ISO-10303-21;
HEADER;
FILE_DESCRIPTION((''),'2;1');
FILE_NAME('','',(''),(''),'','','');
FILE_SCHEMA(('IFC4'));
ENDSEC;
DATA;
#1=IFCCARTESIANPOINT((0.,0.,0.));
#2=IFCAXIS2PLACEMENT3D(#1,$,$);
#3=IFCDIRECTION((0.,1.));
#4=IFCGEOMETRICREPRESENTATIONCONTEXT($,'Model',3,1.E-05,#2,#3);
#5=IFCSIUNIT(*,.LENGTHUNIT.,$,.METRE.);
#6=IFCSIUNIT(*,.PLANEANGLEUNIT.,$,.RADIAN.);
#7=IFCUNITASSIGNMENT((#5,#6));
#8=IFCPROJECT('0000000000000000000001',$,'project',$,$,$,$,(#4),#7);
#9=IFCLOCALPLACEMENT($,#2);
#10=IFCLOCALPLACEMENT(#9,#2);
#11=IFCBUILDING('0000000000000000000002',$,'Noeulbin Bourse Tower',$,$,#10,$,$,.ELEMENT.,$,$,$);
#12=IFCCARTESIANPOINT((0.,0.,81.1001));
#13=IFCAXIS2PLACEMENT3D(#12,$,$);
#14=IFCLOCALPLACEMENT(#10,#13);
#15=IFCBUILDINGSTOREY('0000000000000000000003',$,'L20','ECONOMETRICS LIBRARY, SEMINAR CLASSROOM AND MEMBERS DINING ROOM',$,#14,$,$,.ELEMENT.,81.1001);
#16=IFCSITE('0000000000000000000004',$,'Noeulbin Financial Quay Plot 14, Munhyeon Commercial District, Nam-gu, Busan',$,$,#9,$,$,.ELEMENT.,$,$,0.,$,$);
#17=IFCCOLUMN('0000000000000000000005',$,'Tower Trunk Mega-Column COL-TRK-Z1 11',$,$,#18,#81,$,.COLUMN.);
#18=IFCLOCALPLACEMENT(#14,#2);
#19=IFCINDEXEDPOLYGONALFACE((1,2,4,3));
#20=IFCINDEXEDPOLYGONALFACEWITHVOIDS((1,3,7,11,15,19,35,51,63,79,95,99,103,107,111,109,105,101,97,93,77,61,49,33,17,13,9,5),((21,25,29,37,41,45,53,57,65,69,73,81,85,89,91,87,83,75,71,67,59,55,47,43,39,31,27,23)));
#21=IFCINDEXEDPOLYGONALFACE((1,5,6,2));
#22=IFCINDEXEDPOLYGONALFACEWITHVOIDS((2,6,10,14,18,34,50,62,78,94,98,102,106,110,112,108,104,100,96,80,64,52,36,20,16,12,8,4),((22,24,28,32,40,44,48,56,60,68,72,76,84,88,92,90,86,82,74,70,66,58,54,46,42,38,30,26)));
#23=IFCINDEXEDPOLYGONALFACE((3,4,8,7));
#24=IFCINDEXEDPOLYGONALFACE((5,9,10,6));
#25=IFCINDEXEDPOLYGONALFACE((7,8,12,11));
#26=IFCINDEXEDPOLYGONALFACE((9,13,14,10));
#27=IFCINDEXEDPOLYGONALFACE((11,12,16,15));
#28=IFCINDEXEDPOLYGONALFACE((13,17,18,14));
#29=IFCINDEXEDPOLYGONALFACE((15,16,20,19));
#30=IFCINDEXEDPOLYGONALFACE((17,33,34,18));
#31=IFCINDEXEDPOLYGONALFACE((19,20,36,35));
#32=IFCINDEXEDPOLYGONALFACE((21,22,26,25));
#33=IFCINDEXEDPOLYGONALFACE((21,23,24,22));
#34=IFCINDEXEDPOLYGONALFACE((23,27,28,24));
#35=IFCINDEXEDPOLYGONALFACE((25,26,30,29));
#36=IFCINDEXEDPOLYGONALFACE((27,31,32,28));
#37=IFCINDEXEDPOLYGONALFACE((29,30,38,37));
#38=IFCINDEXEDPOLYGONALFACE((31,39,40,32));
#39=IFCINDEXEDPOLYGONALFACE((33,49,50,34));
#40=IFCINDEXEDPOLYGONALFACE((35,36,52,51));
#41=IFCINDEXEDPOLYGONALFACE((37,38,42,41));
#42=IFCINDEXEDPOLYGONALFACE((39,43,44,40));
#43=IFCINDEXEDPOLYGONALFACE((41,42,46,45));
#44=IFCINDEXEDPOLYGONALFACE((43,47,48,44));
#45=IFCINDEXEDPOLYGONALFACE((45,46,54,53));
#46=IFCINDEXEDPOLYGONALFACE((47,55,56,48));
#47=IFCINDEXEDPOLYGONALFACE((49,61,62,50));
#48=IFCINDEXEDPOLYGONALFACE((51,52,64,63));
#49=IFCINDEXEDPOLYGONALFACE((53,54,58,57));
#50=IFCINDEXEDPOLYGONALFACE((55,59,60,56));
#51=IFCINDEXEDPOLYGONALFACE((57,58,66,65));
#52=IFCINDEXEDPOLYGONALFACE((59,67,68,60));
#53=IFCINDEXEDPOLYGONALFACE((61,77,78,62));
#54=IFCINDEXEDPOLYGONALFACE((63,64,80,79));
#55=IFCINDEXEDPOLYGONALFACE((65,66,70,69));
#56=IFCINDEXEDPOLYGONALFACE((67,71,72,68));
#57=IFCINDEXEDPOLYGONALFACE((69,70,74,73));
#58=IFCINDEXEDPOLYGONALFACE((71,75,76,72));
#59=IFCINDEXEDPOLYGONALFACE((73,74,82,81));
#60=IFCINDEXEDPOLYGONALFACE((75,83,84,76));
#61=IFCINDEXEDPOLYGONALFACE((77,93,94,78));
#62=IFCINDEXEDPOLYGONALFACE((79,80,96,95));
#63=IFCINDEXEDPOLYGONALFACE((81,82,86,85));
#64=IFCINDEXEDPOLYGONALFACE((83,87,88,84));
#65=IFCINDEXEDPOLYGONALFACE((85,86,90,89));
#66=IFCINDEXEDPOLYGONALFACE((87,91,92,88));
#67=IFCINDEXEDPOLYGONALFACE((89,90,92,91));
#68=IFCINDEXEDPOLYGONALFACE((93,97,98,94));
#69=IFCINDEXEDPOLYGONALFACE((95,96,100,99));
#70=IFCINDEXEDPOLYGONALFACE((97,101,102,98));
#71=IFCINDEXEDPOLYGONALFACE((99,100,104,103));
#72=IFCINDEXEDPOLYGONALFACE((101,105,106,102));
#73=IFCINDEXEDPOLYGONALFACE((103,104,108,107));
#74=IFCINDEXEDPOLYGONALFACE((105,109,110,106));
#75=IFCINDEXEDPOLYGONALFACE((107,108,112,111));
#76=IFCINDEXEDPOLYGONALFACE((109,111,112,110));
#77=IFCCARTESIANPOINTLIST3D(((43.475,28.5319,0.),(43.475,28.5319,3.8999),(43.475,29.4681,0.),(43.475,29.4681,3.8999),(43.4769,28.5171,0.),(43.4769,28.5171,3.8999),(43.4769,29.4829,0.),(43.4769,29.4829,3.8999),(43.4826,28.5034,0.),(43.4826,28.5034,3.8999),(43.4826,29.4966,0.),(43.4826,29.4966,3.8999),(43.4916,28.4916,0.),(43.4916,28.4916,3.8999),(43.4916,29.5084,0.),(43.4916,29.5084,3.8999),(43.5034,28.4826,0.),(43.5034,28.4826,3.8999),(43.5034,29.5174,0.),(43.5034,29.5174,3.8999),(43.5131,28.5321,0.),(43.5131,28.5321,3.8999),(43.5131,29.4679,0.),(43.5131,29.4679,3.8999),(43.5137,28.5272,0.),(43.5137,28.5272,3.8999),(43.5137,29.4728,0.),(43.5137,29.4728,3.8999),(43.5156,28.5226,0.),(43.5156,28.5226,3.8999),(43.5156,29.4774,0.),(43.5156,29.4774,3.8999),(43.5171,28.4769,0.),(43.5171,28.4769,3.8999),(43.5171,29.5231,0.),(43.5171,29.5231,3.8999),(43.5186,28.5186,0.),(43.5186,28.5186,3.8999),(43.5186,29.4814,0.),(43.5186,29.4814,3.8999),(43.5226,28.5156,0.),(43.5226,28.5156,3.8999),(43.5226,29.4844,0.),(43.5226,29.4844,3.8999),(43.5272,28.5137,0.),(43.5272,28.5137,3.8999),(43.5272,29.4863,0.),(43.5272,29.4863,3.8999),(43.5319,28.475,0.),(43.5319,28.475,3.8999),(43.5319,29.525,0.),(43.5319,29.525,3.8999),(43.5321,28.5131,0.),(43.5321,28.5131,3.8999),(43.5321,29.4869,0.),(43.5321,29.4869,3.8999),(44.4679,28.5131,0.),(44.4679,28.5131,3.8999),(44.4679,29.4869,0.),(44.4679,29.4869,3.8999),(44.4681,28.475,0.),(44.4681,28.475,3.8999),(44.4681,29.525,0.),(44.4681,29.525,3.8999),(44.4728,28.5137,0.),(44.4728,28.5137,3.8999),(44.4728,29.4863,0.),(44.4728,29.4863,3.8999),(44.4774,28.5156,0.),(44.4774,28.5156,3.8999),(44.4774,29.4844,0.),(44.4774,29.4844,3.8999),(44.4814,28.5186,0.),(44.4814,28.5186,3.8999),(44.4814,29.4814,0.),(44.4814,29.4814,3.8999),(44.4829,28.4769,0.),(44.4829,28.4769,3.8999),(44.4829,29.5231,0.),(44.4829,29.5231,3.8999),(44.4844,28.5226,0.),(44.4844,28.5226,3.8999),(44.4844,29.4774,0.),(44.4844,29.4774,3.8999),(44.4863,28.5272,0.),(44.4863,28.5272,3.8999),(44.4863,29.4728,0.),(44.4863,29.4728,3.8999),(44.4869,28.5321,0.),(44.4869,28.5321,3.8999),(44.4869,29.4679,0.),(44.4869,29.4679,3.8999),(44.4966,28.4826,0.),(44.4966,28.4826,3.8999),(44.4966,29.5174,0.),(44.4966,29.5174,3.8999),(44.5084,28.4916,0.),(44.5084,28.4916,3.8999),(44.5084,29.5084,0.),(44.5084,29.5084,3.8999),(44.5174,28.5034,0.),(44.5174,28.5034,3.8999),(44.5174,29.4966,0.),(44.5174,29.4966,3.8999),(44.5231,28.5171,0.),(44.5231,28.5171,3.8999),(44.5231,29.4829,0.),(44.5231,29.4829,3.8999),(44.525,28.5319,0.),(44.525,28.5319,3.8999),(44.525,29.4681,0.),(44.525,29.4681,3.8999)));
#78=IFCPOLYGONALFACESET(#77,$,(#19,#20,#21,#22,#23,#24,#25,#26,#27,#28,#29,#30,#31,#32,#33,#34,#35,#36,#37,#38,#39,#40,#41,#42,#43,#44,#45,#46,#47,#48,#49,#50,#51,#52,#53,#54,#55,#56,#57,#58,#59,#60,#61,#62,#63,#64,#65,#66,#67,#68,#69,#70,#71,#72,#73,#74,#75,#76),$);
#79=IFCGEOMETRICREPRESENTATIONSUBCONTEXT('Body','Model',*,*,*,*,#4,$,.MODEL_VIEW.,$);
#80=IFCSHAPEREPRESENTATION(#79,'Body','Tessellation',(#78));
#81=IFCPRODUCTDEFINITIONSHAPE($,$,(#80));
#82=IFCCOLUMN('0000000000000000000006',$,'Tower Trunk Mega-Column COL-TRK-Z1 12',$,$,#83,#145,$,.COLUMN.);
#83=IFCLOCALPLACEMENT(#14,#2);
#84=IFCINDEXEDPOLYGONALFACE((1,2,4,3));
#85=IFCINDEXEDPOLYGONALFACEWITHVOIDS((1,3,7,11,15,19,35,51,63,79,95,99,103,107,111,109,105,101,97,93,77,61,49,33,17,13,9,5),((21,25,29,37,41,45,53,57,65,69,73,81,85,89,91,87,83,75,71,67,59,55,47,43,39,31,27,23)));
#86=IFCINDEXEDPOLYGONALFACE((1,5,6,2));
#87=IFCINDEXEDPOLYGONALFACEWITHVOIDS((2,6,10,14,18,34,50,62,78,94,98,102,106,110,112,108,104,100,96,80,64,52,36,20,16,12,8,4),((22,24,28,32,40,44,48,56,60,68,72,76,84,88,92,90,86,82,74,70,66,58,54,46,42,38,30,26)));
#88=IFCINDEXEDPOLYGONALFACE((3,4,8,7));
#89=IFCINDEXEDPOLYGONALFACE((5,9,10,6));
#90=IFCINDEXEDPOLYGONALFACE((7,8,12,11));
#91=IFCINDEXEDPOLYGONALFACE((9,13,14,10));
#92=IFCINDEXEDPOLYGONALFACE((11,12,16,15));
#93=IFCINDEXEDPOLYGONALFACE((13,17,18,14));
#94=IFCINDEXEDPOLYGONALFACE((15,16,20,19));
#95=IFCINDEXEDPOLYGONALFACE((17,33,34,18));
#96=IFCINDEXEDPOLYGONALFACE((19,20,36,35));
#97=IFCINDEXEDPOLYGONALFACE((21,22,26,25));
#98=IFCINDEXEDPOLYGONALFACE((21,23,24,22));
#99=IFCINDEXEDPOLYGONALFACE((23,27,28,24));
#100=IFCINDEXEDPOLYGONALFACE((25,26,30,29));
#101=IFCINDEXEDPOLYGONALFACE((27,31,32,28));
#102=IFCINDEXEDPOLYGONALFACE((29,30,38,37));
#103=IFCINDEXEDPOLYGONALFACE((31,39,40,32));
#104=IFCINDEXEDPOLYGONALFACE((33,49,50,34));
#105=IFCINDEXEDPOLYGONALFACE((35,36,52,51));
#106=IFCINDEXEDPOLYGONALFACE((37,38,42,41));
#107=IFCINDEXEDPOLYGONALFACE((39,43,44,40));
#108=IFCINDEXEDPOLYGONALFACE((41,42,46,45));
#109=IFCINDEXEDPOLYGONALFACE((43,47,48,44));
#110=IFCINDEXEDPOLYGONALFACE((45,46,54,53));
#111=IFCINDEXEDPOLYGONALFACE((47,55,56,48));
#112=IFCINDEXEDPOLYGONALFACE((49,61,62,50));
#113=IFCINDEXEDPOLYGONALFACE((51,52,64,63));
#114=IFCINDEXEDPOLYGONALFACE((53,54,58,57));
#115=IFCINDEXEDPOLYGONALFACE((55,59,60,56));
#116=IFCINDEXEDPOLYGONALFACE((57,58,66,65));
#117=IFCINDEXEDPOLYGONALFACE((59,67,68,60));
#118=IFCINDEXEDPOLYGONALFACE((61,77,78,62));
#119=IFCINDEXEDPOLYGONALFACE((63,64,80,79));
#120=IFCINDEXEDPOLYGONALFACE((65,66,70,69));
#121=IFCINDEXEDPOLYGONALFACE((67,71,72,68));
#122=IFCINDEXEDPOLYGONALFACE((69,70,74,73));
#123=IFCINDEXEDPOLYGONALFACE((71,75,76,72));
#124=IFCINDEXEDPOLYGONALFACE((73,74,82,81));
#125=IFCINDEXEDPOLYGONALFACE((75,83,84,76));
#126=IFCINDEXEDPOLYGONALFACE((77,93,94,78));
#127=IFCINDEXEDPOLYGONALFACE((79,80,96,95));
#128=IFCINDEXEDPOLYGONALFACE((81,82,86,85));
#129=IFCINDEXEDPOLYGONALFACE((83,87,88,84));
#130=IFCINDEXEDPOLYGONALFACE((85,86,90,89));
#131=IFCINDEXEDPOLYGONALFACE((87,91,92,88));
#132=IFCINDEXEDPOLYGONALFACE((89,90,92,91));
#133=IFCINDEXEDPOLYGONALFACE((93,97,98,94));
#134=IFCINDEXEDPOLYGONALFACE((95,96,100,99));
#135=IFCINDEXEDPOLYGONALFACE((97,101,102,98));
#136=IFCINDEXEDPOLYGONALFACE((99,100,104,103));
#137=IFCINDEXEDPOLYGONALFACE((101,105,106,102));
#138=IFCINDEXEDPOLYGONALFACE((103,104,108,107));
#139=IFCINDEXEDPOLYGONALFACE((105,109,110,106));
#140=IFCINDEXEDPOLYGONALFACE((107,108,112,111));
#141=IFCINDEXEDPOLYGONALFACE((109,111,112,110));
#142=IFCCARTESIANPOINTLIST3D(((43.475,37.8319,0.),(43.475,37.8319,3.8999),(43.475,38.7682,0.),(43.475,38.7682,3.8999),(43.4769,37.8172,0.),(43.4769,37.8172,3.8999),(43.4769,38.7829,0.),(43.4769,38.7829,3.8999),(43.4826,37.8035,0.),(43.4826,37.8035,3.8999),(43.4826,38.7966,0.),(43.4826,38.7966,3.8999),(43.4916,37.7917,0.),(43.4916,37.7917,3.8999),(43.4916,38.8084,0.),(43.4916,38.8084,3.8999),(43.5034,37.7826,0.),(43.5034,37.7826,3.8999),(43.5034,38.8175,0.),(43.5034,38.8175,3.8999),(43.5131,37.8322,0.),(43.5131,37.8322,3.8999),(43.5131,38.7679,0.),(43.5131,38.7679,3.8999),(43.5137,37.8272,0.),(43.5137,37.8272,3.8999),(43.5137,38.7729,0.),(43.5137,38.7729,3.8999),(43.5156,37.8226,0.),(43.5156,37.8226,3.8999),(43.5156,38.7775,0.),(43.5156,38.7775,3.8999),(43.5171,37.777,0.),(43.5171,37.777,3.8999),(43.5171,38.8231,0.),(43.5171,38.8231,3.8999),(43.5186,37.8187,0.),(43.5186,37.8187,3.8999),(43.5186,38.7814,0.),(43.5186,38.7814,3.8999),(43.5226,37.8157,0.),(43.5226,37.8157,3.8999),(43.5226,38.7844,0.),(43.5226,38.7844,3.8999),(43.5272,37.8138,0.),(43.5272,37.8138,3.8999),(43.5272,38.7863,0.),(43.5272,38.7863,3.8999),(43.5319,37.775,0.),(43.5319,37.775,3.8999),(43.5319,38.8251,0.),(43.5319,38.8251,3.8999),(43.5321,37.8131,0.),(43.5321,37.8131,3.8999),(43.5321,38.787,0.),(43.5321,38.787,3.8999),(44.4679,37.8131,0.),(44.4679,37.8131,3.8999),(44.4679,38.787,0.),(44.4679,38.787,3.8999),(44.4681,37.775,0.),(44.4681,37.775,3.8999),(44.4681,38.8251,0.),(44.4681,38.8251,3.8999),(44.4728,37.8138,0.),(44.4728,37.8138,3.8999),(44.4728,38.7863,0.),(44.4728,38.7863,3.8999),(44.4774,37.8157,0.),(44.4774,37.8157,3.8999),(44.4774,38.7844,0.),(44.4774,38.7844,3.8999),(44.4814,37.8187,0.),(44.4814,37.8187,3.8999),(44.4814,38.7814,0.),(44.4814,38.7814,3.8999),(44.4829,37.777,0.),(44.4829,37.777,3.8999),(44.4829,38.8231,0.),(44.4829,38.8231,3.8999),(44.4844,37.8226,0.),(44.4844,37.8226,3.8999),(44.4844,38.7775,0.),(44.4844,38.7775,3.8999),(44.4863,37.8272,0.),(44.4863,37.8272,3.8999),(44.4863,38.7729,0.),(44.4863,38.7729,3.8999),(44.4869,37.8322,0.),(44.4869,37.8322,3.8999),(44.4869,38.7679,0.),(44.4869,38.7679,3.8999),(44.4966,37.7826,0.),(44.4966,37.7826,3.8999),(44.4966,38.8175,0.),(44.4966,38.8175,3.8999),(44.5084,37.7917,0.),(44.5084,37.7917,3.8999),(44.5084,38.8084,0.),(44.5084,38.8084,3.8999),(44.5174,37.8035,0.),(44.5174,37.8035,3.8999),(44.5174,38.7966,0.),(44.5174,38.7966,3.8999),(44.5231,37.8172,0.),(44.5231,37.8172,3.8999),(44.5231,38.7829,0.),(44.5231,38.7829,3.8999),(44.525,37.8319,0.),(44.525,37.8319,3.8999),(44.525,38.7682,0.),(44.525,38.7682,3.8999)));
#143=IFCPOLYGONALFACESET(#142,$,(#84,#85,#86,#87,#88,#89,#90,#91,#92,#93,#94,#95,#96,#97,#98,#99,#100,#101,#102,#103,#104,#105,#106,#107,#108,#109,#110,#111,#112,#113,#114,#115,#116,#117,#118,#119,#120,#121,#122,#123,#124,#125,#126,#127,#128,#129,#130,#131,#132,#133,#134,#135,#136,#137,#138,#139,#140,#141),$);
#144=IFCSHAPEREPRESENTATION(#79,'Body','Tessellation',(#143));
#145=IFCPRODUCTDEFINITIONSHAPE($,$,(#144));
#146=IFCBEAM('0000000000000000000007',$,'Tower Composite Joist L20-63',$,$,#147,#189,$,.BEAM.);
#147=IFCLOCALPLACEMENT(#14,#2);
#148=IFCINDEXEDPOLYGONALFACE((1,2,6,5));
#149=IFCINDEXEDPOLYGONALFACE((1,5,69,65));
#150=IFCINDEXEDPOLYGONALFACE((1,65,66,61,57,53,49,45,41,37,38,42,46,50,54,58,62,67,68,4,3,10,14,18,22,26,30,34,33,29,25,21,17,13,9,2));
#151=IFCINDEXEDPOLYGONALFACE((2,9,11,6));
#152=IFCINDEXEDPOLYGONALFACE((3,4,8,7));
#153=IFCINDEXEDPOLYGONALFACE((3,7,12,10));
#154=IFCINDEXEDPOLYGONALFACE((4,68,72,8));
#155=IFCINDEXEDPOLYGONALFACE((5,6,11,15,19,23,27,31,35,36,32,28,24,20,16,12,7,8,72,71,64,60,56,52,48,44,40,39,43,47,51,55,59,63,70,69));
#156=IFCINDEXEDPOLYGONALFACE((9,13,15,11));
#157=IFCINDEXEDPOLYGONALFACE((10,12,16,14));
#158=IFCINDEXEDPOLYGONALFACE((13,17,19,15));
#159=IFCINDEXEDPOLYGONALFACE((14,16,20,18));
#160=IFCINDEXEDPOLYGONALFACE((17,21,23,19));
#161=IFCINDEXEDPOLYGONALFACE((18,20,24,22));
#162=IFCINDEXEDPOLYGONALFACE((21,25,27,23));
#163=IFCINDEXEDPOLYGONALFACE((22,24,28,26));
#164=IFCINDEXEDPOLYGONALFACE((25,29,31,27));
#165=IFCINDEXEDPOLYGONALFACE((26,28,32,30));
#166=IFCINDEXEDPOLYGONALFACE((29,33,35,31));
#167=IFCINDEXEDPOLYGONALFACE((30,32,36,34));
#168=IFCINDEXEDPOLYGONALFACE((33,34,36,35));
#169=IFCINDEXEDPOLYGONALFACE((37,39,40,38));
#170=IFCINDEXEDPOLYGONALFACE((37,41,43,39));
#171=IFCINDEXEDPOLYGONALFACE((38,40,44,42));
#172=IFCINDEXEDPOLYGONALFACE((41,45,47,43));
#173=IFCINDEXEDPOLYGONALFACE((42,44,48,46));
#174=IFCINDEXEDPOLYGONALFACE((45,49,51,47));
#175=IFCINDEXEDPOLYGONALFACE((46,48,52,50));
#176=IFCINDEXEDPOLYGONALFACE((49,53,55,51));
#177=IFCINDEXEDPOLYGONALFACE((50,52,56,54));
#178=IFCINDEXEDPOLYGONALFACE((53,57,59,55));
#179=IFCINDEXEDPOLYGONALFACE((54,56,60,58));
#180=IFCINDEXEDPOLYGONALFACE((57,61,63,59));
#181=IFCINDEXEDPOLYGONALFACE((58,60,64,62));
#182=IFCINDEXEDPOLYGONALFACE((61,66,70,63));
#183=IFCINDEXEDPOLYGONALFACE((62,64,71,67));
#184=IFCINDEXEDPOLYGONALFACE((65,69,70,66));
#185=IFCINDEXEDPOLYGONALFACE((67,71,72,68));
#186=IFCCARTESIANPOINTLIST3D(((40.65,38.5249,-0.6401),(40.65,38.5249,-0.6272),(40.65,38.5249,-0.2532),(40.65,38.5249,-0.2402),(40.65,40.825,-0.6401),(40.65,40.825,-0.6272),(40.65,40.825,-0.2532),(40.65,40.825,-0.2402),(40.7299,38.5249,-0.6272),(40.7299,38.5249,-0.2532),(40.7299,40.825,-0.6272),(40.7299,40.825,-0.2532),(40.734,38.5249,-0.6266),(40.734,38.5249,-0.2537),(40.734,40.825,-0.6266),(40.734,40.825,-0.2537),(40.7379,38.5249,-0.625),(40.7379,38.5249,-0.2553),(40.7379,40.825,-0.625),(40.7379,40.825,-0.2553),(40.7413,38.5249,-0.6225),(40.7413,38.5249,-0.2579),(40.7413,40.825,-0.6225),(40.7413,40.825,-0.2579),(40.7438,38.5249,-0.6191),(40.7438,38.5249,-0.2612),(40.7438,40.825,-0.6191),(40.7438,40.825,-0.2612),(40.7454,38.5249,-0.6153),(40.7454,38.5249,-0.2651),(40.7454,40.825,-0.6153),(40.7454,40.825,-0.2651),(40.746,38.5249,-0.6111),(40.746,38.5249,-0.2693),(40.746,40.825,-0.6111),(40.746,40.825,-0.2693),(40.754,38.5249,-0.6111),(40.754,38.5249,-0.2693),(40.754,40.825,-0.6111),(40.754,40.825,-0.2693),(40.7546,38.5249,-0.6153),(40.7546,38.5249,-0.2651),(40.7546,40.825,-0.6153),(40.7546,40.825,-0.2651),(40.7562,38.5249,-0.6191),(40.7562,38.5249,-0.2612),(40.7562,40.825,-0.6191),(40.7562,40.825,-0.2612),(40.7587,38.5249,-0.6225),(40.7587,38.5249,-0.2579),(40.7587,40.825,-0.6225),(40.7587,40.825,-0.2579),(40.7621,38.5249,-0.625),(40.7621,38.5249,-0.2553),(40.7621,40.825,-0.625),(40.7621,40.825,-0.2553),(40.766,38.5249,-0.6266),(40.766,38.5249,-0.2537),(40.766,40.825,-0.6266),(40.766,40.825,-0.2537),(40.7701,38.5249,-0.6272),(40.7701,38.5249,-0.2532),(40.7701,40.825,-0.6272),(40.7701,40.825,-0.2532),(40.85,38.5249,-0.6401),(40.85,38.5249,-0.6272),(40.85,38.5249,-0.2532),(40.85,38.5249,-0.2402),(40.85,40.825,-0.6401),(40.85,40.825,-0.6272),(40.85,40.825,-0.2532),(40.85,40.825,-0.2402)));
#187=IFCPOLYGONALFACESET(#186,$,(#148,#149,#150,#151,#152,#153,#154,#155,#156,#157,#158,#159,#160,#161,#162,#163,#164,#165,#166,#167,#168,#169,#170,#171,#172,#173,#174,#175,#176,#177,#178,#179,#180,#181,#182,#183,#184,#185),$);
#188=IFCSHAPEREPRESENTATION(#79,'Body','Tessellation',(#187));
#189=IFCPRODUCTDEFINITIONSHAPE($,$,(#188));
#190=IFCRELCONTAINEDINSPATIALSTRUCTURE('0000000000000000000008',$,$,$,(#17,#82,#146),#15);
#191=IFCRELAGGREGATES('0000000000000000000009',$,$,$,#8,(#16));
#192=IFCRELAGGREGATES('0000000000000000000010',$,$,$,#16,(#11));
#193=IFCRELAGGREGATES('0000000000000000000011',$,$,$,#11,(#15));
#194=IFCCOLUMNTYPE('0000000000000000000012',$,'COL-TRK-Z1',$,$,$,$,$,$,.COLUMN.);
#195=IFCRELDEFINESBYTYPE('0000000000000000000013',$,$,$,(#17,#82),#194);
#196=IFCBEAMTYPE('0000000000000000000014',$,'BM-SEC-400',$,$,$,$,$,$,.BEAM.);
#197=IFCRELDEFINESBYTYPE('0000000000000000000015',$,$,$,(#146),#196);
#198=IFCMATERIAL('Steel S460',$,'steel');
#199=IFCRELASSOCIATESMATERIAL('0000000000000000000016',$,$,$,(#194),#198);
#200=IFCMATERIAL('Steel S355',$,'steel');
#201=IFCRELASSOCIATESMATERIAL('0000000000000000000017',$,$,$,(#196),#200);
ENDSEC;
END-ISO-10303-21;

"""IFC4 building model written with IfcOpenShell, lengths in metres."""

from ifc_helpers import new_model, si_unit, direction, frame, origin, origin_2d, place, context, subcontext, project, spatial, hollow_rectangle, i_section, extrude, material, material_profile, profile_set, type_object, element, save


model = new_model("IFC4")

# Units and contexts
model_context = context("Model", 3, precision=1e-05, world=origin(), true_north=direction((0.0, 1.0)))
body_context = subcontext(model_context, "Body", "Model", "MODEL_VIEW")
ifc_project = project(units=[si_unit("LENGTHUNIT", "METRE"), si_unit("PLANEANGLEUNIT", "RADIAN")], contexts=[model_context])

# Site, building, storey
site_placement = place(None, origin())
site = spatial("IfcSite", under=ifc_project, at=site_placement, Name="Noeulbin Financial Quay Plot 14, Munhyeon Commercial District, Nam-gu, Busan", CompositionType="ELEMENT", RefElevation=0.0)
building_placement = place(site_placement, origin())
building = spatial("IfcBuilding", under=site, at=building_placement, Name="Noeulbin Bourse Tower", CompositionType="ELEMENT")
storey_placement = place(building_placement, frame((0.0, 0.0, 81.1001)))
storey = spatial("IfcBuildingStorey", under=building, at=storey_placement, Name="L20", Description="ECONOMETRICS LIBRARY, SEMINAR CLASSROOM AND MEMBERS DINING ROOM", CompositionType="ELEMENT", Elevation=81.1001)

# Columns
ifc_material_1 = material(Name="Steel S460", Category="steel")
ifc_material_profile_1 = material_profile(ifc_material_1, hollow_rectangle(XDim=1.05, YDim=1.05, WallThickness=0.0381, InnerFilletRadius=0.019, OuterFilletRadius=0.0569, at=origin_2d()), Name="BOX-1050x1050x38", Category="LoadBearing")
ifc_profile_set_1 = profile_set([ifc_material_profile_1], Name="Steel S460")
column_type = type_object("IfcColumnType", Name="COL-TRK-Z1", PredefinedType="COLUMN", material=ifc_profile_set_1)
for number, where, z_axis, x_axis, name in (
    (1, (44.0, 29.0, 0.0), (0.0, 0.0, 1.0), (1.0, 0.0, 0.0), "Tower Trunk Mega-Column COL-TRK-Z1 11"),
    (2, (44.0, 38.3, 0.0), (0.0, 0.0, 1.0), (1.0, 0.0, 0.0), "Tower Trunk Mega-Column COL-TRK-Z1 12"),
):
    element("IfcColumn", number, at=place(storey_placement, frame(where, z_axis=z_axis, x_axis=x_axis)), inside=storey, type_object=column_type, Name=name, PredefinedType="COLUMN", context=body_context, shape_type="SweptSolid", body=[
        extrude(hollow_rectangle(XDim=1.05, YDim=1.05, WallThickness=0.0381, InnerFilletRadius=0.019, OuterFilletRadius=0.0569, at=origin_2d()), origin(), (0.0, 0.0, 1.0), 3.8999),
    ])

# Beam
ifc_material_2 = material(Name="Steel S355", Category="steel")
ifc_material_profile_2 = material_profile(ifc_material_2, i_section(OverallWidth=0.2, OverallDepth=0.3999, WebThickness=0.0081, FlangeThickness=0.0129, FilletRadius=0.0161, at=origin_2d()), Name="H-400x200x8x13", Category="LoadBearing")
ifc_profile_set_2 = profile_set([ifc_material_profile_2], Name="Steel S355")
beam_type_1 = type_object("IfcBeamType", Name="BM-SEC-400", PredefinedType="BEAM", material=ifc_profile_set_2)
for number, where, z_axis, x_axis, name in (
    (3, (40.75, 38.5249, -0.4402), (0.0, 1.0, 0.0), (-1.0, 0.0, 0.0), "Tower Composite Joist L20-63"),
):
    element("IfcBeam", number, at=place(storey_placement, frame(where, z_axis=z_axis, x_axis=x_axis)), inside=storey, type_object=beam_type_1, Name=name, PredefinedType="BEAM", context=body_context, shape_type="SweptSolid", body=[
        extrude(i_section(OverallWidth=0.2, OverallDepth=0.3999, WebThickness=0.0081, FlangeThickness=0.0129, FilletRadius=0.0161, at=origin_2d()), origin(), (0.0, 0.0, 1.0), 2.3),
    ])

save(model, "model.ifc")
